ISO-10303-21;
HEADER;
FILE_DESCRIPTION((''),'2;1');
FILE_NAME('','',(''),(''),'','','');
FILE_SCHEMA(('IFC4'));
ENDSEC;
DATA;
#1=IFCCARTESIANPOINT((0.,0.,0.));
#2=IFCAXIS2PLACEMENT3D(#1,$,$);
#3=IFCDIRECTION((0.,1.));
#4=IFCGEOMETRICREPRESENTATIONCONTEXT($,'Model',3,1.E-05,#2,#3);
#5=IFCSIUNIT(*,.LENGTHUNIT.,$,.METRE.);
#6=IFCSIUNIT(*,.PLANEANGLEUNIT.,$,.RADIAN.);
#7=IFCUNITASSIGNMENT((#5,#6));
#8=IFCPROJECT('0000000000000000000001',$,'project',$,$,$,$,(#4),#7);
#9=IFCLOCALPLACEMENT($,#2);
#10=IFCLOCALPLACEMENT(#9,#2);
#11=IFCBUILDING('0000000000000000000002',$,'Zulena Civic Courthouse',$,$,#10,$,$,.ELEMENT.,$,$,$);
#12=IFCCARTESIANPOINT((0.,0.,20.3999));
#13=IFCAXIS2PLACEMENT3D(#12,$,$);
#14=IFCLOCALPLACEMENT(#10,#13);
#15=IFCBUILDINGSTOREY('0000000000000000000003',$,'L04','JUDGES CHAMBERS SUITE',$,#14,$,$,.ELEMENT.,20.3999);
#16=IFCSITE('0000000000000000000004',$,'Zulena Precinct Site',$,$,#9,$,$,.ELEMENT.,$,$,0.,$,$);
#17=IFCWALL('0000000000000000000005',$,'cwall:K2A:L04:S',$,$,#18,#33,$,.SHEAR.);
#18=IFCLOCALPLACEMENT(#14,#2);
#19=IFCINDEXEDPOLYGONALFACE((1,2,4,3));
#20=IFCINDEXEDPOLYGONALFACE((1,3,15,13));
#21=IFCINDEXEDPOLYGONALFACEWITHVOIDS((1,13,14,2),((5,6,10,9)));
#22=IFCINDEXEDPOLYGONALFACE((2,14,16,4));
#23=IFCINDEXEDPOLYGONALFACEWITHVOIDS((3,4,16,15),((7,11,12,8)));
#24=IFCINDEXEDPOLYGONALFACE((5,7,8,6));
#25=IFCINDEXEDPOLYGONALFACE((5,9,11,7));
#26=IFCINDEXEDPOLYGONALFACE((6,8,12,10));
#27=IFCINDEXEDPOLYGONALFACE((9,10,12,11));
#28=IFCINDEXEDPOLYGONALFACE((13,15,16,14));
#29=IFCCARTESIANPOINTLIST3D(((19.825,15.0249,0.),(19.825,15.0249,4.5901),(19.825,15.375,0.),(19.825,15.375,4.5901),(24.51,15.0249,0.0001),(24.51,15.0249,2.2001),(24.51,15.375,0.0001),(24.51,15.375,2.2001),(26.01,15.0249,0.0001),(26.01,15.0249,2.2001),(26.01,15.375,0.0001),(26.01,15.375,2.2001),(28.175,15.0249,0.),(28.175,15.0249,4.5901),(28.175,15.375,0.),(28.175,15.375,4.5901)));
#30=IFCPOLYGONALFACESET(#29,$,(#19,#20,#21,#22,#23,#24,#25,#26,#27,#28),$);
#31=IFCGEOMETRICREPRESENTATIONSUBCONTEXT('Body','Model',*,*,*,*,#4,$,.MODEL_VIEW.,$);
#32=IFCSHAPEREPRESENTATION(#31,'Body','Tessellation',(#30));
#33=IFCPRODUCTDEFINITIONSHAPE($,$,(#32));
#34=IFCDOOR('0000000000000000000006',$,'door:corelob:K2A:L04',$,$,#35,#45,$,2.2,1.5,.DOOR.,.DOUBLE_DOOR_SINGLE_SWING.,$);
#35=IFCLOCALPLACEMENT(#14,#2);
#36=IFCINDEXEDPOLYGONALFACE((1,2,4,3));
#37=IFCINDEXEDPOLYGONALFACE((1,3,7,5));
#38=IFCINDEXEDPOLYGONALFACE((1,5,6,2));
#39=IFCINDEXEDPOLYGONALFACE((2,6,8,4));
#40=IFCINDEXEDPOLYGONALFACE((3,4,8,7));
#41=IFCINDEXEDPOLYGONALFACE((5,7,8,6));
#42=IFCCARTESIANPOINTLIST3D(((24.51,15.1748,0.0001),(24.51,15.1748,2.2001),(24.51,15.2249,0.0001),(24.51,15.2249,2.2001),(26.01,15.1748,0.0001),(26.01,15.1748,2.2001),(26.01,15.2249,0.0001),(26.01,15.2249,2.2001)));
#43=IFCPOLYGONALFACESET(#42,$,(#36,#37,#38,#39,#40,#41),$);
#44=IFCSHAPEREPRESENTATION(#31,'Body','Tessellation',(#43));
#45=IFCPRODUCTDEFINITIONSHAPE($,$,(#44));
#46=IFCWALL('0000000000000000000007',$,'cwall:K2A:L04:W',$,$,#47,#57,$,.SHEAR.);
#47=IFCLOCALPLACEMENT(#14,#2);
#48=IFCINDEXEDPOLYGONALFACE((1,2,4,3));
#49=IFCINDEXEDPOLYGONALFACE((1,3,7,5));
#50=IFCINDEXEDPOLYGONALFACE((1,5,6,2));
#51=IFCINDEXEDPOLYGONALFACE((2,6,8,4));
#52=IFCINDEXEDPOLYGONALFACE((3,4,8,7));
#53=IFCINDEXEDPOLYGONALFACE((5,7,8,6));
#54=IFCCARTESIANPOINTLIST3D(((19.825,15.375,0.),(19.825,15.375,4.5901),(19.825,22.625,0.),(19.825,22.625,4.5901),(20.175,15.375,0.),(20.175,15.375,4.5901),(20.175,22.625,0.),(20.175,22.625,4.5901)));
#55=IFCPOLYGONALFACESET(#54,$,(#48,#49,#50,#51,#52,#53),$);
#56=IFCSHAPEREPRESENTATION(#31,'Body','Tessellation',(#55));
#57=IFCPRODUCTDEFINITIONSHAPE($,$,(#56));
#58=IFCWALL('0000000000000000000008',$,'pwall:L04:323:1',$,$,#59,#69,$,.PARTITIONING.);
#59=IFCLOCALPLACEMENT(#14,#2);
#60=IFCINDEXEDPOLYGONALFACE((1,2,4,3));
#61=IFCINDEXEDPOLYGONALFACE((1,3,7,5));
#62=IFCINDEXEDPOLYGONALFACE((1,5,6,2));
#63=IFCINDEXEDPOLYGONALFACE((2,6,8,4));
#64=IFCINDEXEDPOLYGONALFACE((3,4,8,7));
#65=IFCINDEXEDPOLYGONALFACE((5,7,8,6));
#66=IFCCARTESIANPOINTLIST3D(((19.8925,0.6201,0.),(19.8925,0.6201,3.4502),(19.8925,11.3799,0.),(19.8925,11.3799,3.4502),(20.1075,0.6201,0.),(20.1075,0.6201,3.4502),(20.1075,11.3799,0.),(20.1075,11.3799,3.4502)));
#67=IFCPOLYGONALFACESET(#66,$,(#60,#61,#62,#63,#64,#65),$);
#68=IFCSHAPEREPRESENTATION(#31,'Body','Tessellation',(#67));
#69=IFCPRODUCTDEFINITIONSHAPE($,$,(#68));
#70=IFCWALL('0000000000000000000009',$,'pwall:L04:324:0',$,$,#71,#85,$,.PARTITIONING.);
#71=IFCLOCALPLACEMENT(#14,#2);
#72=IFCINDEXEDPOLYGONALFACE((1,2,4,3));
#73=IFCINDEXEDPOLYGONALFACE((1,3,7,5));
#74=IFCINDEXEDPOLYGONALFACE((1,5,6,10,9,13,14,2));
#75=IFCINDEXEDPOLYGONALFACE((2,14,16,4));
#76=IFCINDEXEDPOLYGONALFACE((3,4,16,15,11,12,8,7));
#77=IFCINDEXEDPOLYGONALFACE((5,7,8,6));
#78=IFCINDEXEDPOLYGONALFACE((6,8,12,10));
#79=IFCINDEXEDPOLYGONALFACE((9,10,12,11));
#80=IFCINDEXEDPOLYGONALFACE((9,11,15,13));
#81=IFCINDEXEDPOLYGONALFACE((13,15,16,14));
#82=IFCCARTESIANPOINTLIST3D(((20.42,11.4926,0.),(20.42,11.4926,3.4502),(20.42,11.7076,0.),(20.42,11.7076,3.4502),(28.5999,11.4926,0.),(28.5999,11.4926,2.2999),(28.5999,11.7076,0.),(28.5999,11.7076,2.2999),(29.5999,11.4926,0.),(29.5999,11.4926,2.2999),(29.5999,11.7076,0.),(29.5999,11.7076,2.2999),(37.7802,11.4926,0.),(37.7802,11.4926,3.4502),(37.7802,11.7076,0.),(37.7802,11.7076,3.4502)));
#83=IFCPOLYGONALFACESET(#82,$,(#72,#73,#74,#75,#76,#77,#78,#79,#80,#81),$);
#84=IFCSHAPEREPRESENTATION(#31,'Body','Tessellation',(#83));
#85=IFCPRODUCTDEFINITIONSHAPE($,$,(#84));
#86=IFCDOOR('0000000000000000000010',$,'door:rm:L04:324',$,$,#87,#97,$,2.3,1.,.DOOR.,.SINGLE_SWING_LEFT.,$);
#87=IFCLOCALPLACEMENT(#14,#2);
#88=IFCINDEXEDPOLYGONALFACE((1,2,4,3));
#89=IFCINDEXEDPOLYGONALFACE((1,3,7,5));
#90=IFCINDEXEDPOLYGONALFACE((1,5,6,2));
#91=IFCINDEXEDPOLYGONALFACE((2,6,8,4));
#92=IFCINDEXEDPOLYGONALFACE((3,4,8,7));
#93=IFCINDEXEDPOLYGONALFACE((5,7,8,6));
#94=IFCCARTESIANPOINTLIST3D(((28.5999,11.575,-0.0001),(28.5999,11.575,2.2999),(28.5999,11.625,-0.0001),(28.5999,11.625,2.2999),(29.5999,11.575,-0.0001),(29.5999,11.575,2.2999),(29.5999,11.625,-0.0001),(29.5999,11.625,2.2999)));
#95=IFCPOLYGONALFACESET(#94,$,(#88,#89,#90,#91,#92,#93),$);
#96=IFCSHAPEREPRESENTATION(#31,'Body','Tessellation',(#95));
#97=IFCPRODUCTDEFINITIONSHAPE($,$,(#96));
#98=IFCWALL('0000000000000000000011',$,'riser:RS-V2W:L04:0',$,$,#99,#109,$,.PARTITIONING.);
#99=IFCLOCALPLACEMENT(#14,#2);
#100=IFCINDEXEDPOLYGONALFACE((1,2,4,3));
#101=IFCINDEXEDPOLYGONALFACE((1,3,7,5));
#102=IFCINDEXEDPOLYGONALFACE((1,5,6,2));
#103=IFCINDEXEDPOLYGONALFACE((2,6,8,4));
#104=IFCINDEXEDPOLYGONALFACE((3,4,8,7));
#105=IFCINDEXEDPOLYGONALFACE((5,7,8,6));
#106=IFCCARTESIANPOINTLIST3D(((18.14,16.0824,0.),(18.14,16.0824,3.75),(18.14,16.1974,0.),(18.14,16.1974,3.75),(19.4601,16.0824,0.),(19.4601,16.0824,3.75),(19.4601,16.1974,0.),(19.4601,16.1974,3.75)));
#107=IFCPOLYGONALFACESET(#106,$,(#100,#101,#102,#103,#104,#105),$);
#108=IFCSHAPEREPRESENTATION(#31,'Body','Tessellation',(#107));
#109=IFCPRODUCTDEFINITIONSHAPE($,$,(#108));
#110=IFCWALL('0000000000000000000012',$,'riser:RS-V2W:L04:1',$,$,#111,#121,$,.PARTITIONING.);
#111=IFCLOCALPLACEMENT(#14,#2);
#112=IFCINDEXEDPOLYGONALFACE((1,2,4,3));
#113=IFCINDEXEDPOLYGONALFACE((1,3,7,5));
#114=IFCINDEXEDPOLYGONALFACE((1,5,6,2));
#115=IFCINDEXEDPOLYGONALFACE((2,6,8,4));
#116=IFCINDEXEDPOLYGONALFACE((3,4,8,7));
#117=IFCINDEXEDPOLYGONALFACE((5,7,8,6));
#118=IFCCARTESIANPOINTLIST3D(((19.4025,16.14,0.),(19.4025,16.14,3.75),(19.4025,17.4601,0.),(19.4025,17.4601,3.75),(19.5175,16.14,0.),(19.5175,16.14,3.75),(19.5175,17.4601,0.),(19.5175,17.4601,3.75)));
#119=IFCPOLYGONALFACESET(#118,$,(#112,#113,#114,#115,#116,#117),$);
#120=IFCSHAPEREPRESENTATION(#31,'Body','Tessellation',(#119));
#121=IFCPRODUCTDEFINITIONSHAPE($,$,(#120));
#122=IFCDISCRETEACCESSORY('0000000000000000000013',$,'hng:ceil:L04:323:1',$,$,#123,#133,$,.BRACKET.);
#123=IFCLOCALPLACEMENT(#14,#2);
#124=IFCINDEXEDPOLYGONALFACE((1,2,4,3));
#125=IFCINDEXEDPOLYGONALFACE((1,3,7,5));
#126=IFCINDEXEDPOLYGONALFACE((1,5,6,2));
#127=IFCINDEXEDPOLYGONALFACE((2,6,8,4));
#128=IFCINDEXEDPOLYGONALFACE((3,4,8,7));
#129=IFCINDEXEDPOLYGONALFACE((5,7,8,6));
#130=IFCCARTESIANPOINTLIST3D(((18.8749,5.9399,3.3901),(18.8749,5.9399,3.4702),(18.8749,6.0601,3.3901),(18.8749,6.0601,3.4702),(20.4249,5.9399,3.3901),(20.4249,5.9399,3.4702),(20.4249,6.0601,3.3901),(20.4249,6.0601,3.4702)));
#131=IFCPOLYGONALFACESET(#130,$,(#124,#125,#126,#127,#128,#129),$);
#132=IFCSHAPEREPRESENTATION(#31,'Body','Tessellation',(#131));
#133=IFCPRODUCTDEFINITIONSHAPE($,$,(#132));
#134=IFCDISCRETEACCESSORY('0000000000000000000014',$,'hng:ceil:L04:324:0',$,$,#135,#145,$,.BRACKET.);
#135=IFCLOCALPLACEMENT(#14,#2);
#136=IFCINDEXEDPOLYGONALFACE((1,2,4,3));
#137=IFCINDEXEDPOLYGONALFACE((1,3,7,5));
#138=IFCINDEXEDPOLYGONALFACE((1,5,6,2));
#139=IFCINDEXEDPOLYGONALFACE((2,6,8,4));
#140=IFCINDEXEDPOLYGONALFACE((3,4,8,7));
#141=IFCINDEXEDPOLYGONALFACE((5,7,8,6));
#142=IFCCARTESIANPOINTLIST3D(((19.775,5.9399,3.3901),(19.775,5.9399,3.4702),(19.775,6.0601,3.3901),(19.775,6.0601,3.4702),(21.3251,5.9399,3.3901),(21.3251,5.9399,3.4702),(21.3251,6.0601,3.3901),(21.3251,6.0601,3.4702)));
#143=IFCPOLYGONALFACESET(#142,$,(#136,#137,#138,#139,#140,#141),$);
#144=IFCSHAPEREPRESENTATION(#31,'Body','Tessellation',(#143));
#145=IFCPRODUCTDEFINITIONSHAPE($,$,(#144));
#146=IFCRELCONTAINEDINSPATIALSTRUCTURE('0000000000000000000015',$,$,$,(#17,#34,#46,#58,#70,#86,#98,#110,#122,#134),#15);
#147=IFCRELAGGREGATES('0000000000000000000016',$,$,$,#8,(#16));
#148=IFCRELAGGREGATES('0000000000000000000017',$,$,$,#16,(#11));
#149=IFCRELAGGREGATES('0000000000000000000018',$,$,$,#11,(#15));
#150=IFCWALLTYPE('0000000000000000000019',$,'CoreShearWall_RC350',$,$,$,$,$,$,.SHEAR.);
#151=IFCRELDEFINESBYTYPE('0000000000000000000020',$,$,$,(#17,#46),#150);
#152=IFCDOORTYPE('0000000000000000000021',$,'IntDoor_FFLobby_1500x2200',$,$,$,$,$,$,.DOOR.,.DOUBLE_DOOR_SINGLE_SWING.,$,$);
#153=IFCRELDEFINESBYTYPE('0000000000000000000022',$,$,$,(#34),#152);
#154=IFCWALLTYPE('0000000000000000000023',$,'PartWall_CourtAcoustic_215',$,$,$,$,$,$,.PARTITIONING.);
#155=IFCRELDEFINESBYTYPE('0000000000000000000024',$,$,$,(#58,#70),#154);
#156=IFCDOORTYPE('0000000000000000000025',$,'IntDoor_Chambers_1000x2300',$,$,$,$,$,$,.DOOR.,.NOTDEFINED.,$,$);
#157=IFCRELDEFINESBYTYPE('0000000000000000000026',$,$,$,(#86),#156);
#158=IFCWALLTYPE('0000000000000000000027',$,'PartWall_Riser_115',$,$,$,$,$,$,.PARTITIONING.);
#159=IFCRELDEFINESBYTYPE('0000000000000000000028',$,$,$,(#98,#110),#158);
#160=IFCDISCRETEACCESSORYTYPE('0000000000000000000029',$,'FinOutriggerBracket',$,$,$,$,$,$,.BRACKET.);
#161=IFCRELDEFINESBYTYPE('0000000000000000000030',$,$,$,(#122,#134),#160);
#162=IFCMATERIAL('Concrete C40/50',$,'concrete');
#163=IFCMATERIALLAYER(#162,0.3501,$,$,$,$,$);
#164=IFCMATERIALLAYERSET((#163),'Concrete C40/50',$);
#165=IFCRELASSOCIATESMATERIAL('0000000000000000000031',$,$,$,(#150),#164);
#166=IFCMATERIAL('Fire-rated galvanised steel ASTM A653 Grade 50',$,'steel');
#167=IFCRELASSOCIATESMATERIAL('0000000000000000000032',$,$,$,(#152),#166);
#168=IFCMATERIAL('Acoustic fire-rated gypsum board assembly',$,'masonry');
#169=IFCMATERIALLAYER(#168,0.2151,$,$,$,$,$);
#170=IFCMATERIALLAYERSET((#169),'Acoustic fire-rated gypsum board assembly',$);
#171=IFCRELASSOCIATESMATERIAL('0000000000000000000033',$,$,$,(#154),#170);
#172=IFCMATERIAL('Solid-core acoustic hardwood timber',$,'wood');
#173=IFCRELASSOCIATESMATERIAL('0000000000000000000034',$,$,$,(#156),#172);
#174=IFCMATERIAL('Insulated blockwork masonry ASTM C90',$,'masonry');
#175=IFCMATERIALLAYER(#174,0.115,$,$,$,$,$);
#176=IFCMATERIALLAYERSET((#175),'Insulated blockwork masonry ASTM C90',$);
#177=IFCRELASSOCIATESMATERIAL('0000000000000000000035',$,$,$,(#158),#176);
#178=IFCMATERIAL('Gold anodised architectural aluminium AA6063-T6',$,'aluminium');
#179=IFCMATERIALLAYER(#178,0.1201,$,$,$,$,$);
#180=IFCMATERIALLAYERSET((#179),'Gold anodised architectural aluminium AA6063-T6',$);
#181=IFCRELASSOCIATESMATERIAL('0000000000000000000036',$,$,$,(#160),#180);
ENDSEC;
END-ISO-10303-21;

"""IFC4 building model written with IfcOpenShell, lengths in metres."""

from ifc_helpers import new_model, si_unit, direction, frame, frame_2d, origin, origin_2d, place, context, subcontext, project, spatial, rectangle, extrude, material, layer, layer_set, type_object, element, fill, save


model = new_model("IFC4")

# Units and contexts
model_context = context("Model", 3, precision=1e-05, world=origin(), true_north=direction((0.0, 1.0)))
body_context = subcontext(model_context, "Body", "Model", "MODEL_VIEW")
ifc_project = project(units=[si_unit("LENGTHUNIT", "METRE"), si_unit("PLANEANGLEUNIT", "RADIAN")], contexts=[model_context])

# Site, building, storey
site_placement = place(None, origin())
site = spatial("IfcSite", under=ifc_project, at=site_placement, Name="Zulena Precinct Site", CompositionType="ELEMENT", RefElevation=0.0)
building_placement = place(site_placement, origin())
building = spatial("IfcBuilding", under=site, at=building_placement, Name="Zulena Civic Courthouse", CompositionType="ELEMENT")
storey_placement = place(building_placement, frame((0.0, 0.0, 20.3999)))
storey = spatial("IfcBuildingStorey", under=building, at=storey_placement, Name="L04", Description="JUDGES CHAMBERS SUITE", CompositionType="ELEMENT", Elevation=20.3999)

# Wall, opening, door
ifc_material_1 = material(Name="Concrete C40/50", Category="concrete")
ifc_material_2 = material(Name="Fire-rated galvanised steel ASTM A653 Grade 50", Category="steel")
ifc_layer_1 = layer(ifc_material_1, 0.3501)
ifc_layer_set_1 = layer_set([ifc_layer_1], Name="Concrete C40/50")
wall_type_1 = type_object("IfcWallType", Name="CoreShearWall_RC350", PredefinedType="SHEAR", material=ifc_layer_set_1)
wall_1_placement = place(storey_placement, frame((19.825, 15.2, 0.0), z_axis=(0.0, 0.0, 1.0), x_axis=(1.0, 0.0, 0.0)))
wall_1 = element("IfcWall", 1, at=wall_1_placement, inside=storey, type_object=wall_type_1, Name="cwall:K2A:L04:S", PredefinedType="SHEAR", context=body_context, shape_type="SweptSolid", body=[
    extrude(rectangle(XDim=8.3501, YDim=0.3501, at=frame_2d((4.175, 0.0))), origin(), (0.0, 0.0, 1.0), 4.5901),
])
opening_1_placement = place(wall_1_placement, frame((4.6851, 0.0, 0.0)))
opening_1 = element("IfcOpeningElement", 2, at=opening_1_placement, cuts=wall_1, PredefinedType="OPENING", context=body_context, shape_type="SweptSolid", body=[
    extrude(rectangle(XDim=1.5, YDim=2.2, at=frame_2d((0.75, 1.1001))), frame((0.0, 0.1851, 0.0), z_axis=(0.0, -1.0, 0.0), x_axis=(1.0, 0.0, 0.0)), (0.0, 0.0, 1.0), 0.3701),
])
door_type_1 = type_object("IfcDoorType", Name="IntDoor_FFLobby_1500x2200", OperationType="DOUBLE_DOOR_SINGLE_SWING", PredefinedType="DOOR", material=ifc_material_2)
door_1_placement = place(opening_1_placement, origin())
door_1 = element("IfcDoor", 3, at=door_1_placement, inside=storey, type_object=door_type_1, Name="door:corelob:K2A:L04", OperationType="DOUBLE_DOOR_SINGLE_SWING", OverallHeight=2.2, OverallWidth=1.5, PredefinedType="DOOR", context=body_context, shape_type="SweptSolid", body=[
    extrude(rectangle(XDim=1.5, YDim=2.2, at=frame_2d((0.75, 1.1001))), frame((0.0, 0.0249, 0.0), z_axis=(0.0, -1.0, 0.0), x_axis=(1.0, 0.0, 0.0)), (0.0, 0.0, 1.0), 0.05),
])
fill(opening_1, door_1)

# Walls
wall_2_placement = place(storey_placement, frame((20.0, 15.375, 0.0), z_axis=(0.0, 0.0, 1.0), x_axis=(0.0, 1.0, 0.0)))
element("IfcWall", 4, at=wall_2_placement, inside=storey, type_object=wall_type_1, Name="cwall:K2A:L04:W", PredefinedType="SHEAR", context=body_context, shape_type="SweptSolid", body=[
    extrude(rectangle(XDim=7.25, YDim=0.3501, at=frame_2d((3.625, 0.0))), origin(), (0.0, 0.0, 1.0), 4.5901),
])
ifc_material_3 = material(Name="Acoustic fire-rated gypsum board assembly", Category="masonry")
ifc_layer_2 = layer(ifc_material_3, 0.2151)
ifc_layer_set_2 = layer_set([ifc_layer_2], Name="Acoustic fire-rated gypsum board assembly")
wall_type_2 = type_object("IfcWallType", Name="PartWall_CourtAcoustic_215", PredefinedType="PARTITIONING", material=ifc_layer_set_2)
wall_3_placement = place(storey_placement, frame((20.0, 0.6201, 0.0), z_axis=(0.0, 0.0, 1.0), x_axis=(0.0, 1.0, 0.0)))
element("IfcWall", 5, at=wall_3_placement, inside=storey, type_object=wall_type_2, Name="pwall:L04:323:1", PredefinedType="PARTITIONING", context=body_context, shape_type="SweptSolid", body=[
    extrude(rectangle(XDim=10.7598, YDim=0.2151, at=frame_2d((5.3799, 0.0))), origin(), (0.0, 0.0, 1.0), 3.4502),
])

# Wall, opening, door
wall_4_placement = place(storey_placement, frame((20.4199, 11.6001, 0.0), z_axis=(0.0, 0.0, 1.0), x_axis=(1.0, 0.0, 0.0)))
wall_4 = element("IfcWall", 6, at=wall_4_placement, inside=storey, type_object=wall_type_2, Name="pwall:L04:324:0", PredefinedType="PARTITIONING", context=body_context, shape_type="SweptSolid", body=[
    extrude(rectangle(XDim=17.3601, YDim=0.2151, at=frame_2d((8.6802, 0.0))), origin(), (0.0, 0.0, 1.0), 3.4502),
])
opening_2_placement = place(wall_4_placement, frame((8.1799, 0.0, 0.0)))
opening_2 = element("IfcOpeningElement", 7, at=opening_2_placement, cuts=wall_4, PredefinedType="OPENING", context=body_context, shape_type="SweptSolid", body=[
    extrude(rectangle(XDim=1.0, YDim=2.3, at=frame_2d((0.5, 1.1499))), frame((0.0, 0.1174, 0.0), z_axis=(0.0, -1.0, 0.0), x_axis=(1.0, 0.0, 0.0)), (0.0, 0.0, 1.0), 0.2351),
])
ifc_material_4 = material(Name="Solid-core acoustic hardwood timber", Category="wood")
door_type_2 = type_object("IfcDoorType", Name="IntDoor_Chambers_1000x2300", OperationType="NOTDEFINED", PredefinedType="DOOR", material=ifc_material_4)
door_2_placement = place(opening_2_placement, origin())
door_2 = element("IfcDoor", 8, at=door_2_placement, inside=storey, type_object=door_type_2, Name="door:rm:L04:324", OperationType="SINGLE_SWING_LEFT", OverallHeight=2.3, OverallWidth=1.0, PredefinedType="DOOR", context=body_context, shape_type="SweptSolid", body=[
    extrude(rectangle(XDim=1.0, YDim=2.3, at=frame_2d((0.5, 1.1499))), frame((0.0, 0.0249, 0.0), z_axis=(0.0, -1.0, 0.0), x_axis=(1.0, 0.0, 0.0)), (0.0, 0.0, 1.0), 0.05),
])
fill(opening_2, door_2)

# Walls
ifc_material_5 = material(Name="Insulated blockwork masonry ASTM C90", Category="masonry")
ifc_layer_3 = layer(ifc_material_5, 0.115)
ifc_layer_set_3 = layer_set([ifc_layer_3], Name="Insulated blockwork masonry ASTM C90")
wall_type_3 = type_object("IfcWallType", Name="PartWall_Riser_115", PredefinedType="PARTITIONING", material=ifc_layer_set_3)
for number, where, z_axis, x_axis, name in (
    (9, (18.1399, 16.1399, 0.0), (0.0, 0.0, 1.0), (1.0, 0.0, 0.0), "riser:RS-V2W:L04:0"),
    (10, (19.46, 16.1399, 0.0), (0.0, 0.0, 1.0), (0.0, 1.0, 0.0), "riser:RS-V2W:L04:1"),
):
    element("IfcWall", number, at=place(storey_placement, frame(where, z_axis=z_axis, x_axis=x_axis)), inside=storey, type_object=wall_type_3, Name=name, PredefinedType="PARTITIONING", context=body_context, shape_type="SweptSolid", body=[
        extrude(rectangle(XDim=1.3201, YDim=0.115, at=frame_2d((0.6602, 0.0))), origin(), (0.0, 0.0, 1.0), 3.75),
    ])

# Discrete accessories
ifc_material_6 = material(Name="Gold anodised architectural aluminium AA6063-T6", Category="aluminium")
ifc_layer_4 = layer(ifc_material_6, 0.1201)
ifc_layer_set_4 = layer_set([ifc_layer_4], Name="Gold anodised architectural aluminium AA6063-T6")
discrete_accessory_type = type_object("IfcDiscreteAccessoryType", Name="FinOutriggerBracket", PredefinedType="BRACKET", material=ifc_layer_set_4)
for number, where, z_axis, x_axis, name in (
    (11, (19.6499, 6.0, 3.3901), (0.0, 0.0, 1.0), (1.0, 0.0, 0.0), "hng:ceil:L04:323:1"),
    (12, (20.55, 6.0, 3.3901), (0.0, 0.0, 1.0), (1.0, 0.0, 0.0), "hng:ceil:L04:324:0"),
):
    element("IfcDiscreteAccessory", number, at=place(storey_placement, frame(where, z_axis=z_axis, x_axis=x_axis)), inside=storey, type_object=discrete_accessory_type, Name=name, PredefinedType="BRACKET", context=body_context, shape_type="SweptSolid", body=[
        extrude(rectangle(XDim=1.55, YDim=0.1201, at=origin_2d()), origin(), (0.0, 0.0, 1.0), 0.0801),
    ])

save(model, "model.ifc")
